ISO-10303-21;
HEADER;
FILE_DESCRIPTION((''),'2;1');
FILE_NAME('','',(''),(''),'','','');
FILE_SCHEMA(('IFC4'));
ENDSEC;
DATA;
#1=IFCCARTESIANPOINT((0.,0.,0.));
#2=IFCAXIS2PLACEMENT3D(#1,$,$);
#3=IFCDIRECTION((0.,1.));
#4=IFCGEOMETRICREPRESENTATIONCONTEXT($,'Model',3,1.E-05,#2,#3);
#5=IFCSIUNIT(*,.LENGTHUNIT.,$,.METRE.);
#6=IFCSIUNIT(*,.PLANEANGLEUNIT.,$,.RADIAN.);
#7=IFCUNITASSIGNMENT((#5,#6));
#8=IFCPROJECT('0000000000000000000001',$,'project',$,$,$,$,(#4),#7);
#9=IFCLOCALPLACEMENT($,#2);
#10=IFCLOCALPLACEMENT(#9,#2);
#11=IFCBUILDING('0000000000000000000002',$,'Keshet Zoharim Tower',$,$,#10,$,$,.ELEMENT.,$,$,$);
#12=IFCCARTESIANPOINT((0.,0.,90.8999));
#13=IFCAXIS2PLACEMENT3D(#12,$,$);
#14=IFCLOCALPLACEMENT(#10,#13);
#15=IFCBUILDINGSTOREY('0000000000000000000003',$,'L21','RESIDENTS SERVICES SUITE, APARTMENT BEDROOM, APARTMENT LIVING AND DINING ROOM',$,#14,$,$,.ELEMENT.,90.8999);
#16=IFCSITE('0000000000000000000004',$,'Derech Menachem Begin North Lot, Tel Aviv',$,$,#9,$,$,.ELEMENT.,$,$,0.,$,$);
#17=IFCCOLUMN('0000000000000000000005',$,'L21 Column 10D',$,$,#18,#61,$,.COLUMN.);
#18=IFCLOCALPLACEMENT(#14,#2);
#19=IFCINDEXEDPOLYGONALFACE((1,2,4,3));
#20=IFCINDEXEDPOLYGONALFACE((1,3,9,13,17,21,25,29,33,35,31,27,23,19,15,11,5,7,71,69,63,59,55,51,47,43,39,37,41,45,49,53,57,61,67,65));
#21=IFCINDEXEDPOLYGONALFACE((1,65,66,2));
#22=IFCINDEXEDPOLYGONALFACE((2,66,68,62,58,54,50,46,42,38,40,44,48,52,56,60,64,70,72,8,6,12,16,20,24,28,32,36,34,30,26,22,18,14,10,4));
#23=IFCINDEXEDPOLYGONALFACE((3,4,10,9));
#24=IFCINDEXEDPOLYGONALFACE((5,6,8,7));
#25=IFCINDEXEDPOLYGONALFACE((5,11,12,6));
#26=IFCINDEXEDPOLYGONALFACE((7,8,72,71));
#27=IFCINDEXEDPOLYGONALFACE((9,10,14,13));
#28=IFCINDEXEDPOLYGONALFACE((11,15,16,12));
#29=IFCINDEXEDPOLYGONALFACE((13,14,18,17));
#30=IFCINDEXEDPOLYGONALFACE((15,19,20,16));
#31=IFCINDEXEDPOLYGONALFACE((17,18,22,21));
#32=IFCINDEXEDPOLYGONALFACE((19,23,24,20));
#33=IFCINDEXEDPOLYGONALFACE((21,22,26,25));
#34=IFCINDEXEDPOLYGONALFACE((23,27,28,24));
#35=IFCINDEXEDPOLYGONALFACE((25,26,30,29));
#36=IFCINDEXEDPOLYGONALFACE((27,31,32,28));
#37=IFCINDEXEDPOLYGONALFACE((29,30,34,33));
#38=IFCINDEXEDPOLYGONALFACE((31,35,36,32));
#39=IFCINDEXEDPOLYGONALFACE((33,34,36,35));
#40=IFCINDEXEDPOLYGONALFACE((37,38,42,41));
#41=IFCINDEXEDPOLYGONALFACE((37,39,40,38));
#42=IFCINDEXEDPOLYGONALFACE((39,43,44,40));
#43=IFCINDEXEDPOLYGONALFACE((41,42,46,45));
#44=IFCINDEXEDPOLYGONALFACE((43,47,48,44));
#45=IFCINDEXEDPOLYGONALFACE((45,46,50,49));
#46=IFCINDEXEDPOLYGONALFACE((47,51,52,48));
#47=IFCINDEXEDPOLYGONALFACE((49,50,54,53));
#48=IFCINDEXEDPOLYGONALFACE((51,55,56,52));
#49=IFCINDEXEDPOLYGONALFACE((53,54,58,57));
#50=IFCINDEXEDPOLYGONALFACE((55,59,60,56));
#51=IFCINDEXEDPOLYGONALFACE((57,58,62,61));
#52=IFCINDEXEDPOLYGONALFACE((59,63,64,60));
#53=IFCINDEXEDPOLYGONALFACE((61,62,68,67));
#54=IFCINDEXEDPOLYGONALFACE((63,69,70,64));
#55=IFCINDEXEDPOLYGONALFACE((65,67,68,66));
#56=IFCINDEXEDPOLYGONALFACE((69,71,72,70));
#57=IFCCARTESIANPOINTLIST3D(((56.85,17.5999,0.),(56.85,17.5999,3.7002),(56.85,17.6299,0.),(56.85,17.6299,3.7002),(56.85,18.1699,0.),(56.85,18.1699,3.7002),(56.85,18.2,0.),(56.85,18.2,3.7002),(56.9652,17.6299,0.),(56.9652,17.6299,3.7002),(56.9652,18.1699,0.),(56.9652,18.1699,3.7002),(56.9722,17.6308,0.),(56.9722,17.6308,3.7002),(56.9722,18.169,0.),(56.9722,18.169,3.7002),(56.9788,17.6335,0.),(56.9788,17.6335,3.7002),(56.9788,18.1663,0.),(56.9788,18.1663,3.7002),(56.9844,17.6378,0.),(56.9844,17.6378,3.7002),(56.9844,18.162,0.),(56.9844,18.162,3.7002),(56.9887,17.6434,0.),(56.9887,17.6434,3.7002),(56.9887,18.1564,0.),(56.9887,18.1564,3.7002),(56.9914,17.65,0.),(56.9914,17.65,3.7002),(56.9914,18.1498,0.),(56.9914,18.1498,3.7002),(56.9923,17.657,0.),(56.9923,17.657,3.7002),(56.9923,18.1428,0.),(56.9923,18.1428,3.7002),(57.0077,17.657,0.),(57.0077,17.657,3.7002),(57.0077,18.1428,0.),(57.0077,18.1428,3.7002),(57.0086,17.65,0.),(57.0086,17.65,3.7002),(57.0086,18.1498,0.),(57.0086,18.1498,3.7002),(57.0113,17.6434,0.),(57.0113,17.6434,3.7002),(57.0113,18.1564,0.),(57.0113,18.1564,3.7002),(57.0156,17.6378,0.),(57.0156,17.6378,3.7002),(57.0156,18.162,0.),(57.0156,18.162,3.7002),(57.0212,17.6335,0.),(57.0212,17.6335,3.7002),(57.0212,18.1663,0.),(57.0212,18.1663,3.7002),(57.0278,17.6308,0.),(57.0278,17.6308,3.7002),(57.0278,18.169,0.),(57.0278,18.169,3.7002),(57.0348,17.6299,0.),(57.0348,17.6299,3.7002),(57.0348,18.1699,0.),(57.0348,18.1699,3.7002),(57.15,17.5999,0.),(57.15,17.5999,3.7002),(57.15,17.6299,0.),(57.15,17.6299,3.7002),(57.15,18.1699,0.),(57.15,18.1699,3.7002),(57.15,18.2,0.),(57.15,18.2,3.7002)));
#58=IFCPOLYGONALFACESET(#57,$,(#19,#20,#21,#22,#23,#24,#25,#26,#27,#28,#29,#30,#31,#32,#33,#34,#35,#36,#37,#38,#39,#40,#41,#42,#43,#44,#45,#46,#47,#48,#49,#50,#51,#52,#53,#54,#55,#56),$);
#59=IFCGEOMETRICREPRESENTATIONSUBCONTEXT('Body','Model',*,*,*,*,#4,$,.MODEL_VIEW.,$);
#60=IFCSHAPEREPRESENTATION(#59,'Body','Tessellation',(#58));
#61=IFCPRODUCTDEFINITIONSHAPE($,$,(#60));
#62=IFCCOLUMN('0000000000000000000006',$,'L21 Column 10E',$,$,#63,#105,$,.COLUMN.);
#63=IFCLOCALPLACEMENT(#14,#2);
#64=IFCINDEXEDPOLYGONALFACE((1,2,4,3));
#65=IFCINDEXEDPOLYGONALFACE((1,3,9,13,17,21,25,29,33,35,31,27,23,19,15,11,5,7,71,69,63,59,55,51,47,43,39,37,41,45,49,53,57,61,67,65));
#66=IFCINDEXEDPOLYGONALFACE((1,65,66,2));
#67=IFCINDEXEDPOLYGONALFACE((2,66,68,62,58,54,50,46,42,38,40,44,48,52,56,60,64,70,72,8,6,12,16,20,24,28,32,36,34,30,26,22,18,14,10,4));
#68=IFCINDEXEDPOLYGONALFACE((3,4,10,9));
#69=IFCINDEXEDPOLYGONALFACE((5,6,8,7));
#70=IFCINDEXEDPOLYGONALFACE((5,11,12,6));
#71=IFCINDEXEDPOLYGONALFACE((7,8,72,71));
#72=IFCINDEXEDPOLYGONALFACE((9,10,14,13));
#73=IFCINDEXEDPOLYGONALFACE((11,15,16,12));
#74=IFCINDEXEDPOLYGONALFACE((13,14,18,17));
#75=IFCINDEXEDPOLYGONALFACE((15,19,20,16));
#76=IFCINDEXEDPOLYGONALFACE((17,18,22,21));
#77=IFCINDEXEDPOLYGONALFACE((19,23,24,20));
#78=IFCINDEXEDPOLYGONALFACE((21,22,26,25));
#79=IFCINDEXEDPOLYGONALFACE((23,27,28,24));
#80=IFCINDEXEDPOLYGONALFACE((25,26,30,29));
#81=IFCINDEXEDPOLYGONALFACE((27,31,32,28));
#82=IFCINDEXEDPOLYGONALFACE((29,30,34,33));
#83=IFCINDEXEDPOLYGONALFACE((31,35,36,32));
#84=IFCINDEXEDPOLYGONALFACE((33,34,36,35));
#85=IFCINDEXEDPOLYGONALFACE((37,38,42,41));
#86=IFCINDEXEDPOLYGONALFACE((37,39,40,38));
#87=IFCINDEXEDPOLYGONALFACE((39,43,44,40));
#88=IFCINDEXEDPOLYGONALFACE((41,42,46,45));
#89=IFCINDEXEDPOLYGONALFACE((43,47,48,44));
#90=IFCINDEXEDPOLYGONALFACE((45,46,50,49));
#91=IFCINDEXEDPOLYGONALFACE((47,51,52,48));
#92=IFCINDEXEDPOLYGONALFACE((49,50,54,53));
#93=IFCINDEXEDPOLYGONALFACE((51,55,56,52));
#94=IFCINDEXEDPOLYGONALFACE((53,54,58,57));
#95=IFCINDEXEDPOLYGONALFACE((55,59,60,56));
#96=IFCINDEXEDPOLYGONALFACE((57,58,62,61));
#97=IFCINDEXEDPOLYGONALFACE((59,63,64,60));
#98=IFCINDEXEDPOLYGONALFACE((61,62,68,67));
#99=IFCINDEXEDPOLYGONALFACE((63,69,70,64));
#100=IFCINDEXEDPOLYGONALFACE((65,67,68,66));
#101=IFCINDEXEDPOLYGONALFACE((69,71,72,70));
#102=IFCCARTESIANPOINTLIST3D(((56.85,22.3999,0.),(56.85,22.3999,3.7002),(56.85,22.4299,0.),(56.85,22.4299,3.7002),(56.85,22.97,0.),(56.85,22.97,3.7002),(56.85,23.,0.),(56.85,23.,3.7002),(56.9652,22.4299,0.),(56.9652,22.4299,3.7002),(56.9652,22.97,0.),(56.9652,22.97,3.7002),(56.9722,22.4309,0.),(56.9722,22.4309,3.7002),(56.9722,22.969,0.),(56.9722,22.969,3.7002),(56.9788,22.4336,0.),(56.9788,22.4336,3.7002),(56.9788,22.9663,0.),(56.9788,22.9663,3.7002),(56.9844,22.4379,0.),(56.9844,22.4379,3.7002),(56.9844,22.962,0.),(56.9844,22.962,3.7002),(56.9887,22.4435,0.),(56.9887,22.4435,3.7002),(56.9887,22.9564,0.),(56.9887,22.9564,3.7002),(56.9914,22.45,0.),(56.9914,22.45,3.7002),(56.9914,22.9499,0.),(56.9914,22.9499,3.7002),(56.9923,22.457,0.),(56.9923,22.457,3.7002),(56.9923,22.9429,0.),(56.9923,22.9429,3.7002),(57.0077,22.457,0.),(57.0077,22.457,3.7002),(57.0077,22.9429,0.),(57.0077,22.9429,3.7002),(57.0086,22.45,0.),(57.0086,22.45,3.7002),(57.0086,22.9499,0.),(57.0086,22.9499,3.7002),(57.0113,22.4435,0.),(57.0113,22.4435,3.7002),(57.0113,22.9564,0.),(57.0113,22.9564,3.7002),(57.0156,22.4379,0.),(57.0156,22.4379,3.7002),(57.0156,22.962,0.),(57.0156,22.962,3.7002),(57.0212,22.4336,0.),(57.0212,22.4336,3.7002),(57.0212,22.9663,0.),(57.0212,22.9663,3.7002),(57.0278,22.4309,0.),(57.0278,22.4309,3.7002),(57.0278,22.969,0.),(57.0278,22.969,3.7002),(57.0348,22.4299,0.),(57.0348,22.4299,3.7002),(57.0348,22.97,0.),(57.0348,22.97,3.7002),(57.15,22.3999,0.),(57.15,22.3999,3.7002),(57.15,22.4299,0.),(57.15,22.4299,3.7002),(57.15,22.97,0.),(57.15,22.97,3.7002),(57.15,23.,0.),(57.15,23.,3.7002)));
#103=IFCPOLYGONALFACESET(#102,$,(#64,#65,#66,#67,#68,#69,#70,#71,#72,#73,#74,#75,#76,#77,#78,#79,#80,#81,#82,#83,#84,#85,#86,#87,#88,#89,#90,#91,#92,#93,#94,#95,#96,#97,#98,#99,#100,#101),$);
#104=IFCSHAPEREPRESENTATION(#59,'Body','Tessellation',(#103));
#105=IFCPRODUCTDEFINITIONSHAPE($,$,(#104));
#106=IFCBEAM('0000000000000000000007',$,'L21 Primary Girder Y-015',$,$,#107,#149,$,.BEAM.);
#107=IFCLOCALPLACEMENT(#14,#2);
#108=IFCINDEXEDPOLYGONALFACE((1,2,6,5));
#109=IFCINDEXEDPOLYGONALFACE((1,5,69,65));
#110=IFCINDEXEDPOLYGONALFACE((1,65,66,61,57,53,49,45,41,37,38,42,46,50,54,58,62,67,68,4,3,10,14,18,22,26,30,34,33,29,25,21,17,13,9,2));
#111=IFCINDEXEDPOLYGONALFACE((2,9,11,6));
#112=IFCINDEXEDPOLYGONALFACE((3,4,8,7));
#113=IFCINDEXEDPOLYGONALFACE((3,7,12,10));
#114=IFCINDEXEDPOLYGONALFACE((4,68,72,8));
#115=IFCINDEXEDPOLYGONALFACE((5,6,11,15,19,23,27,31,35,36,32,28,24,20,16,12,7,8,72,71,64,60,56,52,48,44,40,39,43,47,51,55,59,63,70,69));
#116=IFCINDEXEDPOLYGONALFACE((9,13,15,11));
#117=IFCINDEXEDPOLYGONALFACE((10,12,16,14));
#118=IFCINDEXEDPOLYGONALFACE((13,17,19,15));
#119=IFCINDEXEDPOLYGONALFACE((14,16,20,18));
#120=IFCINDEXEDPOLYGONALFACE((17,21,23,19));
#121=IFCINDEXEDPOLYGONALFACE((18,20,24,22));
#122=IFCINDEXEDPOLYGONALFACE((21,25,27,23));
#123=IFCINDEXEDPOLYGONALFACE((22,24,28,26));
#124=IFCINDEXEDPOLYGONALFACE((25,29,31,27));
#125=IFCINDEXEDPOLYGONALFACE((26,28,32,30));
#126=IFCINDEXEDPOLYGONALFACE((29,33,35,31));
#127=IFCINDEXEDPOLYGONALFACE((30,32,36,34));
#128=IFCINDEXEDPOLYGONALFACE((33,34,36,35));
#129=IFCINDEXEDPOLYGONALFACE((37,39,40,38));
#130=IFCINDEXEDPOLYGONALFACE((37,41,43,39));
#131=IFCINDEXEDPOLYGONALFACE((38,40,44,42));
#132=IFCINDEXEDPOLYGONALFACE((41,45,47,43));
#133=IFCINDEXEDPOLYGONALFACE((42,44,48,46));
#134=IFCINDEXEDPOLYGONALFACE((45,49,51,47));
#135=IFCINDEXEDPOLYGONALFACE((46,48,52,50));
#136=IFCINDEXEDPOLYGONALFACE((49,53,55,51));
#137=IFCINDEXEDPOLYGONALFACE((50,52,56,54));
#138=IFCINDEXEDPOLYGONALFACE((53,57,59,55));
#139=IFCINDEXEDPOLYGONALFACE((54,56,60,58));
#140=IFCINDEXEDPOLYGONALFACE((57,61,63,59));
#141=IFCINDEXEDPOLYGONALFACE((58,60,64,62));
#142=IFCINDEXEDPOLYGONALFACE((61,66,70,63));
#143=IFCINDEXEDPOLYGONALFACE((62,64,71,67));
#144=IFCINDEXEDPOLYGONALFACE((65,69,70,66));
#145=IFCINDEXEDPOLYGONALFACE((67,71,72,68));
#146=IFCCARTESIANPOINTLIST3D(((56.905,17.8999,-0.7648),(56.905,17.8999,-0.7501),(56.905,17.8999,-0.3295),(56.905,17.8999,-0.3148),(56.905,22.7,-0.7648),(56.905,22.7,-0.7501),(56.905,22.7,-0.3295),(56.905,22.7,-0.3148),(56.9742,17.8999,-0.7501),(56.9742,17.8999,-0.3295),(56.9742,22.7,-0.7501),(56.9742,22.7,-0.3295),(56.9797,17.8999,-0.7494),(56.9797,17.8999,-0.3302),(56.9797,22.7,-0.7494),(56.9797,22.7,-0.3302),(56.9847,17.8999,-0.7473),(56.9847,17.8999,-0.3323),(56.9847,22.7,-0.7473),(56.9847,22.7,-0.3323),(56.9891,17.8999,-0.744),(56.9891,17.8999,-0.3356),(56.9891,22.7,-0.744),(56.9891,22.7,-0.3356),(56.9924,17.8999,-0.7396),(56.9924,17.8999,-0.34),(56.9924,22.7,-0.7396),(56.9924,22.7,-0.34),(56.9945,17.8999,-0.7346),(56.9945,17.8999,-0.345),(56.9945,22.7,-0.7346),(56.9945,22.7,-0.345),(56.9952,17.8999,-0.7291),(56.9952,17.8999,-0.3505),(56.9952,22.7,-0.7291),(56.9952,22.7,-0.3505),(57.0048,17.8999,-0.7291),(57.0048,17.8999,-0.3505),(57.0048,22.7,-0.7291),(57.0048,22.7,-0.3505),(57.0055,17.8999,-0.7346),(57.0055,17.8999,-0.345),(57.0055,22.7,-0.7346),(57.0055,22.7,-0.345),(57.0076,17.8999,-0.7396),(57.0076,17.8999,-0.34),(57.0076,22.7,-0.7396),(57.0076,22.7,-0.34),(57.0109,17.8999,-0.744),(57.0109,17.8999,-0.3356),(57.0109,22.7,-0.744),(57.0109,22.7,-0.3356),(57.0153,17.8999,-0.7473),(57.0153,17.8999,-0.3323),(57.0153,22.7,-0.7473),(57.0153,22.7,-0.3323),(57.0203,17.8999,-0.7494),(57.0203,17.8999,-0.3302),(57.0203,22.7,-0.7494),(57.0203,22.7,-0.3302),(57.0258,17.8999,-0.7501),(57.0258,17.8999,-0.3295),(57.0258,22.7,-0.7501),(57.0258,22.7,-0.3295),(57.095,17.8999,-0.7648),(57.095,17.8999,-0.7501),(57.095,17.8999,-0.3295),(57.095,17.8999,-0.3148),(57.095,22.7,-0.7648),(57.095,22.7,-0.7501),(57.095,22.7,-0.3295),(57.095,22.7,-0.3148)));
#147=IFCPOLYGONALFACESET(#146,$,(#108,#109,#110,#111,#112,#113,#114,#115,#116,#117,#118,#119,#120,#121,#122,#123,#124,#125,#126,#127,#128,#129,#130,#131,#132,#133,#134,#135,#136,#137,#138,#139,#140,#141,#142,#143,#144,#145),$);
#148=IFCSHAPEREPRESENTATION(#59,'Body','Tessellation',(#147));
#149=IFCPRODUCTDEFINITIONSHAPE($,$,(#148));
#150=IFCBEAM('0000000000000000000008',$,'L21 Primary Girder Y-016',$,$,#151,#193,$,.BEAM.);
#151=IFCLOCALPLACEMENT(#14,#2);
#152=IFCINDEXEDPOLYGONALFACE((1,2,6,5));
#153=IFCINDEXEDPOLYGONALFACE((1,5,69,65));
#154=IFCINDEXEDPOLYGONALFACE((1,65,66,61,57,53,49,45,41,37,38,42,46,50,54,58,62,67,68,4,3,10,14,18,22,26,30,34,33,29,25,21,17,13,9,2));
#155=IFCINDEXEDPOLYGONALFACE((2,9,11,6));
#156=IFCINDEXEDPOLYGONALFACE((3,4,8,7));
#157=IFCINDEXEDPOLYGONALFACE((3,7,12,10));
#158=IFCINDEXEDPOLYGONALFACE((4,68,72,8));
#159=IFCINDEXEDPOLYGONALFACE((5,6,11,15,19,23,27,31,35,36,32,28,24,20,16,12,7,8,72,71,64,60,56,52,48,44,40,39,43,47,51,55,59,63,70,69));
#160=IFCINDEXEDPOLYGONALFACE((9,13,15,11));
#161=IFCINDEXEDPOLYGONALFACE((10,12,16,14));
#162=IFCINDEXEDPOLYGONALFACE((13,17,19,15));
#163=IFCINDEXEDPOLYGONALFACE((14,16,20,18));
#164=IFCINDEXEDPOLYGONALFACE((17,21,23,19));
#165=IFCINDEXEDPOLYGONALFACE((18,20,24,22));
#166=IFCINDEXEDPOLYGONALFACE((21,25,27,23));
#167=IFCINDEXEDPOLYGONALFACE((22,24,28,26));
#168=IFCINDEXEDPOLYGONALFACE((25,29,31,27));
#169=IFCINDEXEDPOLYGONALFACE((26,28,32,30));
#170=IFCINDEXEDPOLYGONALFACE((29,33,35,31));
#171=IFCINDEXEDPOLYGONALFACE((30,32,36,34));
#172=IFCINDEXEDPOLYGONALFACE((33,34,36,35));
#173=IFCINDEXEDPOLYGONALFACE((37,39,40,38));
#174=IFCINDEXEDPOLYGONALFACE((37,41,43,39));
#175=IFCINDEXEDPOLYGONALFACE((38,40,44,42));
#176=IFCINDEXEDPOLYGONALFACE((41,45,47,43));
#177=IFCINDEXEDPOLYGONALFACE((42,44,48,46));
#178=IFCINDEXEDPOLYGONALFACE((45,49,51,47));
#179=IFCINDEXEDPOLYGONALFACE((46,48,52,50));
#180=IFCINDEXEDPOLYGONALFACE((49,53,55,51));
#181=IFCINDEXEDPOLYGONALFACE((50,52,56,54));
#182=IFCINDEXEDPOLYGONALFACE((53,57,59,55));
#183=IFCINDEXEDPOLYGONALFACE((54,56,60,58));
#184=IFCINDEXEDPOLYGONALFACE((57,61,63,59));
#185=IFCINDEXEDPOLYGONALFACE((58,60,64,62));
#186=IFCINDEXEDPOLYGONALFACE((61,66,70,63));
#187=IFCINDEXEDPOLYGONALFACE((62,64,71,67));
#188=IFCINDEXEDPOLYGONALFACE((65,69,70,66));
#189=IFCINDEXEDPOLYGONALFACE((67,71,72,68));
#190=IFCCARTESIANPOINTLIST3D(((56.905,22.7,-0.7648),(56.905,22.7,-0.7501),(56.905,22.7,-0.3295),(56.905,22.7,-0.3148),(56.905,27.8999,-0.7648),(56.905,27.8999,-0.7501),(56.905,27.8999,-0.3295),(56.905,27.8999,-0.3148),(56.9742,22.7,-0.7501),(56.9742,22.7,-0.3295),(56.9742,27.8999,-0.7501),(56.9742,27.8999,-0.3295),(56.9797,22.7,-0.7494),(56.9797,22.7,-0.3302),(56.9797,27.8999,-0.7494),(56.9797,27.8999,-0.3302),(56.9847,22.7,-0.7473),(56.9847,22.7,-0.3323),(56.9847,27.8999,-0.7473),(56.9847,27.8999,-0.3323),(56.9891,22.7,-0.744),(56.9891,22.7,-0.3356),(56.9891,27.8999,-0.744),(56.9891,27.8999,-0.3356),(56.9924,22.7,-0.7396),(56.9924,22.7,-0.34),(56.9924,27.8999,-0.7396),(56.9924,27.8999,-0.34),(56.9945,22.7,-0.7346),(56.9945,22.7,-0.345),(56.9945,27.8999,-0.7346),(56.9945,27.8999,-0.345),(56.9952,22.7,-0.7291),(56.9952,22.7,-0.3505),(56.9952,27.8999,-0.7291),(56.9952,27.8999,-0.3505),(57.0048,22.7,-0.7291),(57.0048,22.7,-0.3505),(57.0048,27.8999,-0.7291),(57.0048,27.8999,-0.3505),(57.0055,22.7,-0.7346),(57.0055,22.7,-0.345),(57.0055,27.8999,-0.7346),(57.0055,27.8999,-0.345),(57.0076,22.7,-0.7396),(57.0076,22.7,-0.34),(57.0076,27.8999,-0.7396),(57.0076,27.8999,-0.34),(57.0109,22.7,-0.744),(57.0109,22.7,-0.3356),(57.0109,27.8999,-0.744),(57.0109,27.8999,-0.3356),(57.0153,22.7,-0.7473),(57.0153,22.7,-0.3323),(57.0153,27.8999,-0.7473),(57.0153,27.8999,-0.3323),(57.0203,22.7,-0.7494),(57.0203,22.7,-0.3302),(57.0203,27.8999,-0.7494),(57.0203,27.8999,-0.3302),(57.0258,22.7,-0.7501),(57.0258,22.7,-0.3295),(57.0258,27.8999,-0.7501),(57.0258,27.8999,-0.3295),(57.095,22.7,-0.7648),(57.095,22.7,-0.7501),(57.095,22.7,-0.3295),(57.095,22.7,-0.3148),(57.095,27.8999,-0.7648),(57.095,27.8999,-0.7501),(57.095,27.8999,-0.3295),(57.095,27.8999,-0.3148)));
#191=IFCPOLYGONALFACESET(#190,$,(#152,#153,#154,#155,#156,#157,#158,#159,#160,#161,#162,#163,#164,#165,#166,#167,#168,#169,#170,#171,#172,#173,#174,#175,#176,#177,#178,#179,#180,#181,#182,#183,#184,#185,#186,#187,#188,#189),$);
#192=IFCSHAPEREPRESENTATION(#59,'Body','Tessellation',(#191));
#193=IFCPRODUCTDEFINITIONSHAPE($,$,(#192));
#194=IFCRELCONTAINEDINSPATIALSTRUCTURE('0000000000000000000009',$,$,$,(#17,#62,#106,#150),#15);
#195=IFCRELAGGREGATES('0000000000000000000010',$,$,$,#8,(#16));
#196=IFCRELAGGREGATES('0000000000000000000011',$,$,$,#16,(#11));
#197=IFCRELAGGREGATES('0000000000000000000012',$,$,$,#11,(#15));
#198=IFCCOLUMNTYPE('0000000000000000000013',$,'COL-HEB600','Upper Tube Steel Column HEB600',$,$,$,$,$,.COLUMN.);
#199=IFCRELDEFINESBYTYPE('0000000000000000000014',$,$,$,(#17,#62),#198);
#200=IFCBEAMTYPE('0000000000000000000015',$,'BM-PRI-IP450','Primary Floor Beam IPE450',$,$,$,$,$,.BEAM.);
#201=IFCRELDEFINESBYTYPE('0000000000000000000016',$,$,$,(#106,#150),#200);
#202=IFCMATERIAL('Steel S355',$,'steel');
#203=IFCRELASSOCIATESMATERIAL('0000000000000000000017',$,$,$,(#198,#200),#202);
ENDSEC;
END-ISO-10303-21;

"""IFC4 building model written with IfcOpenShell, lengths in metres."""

from ifc_helpers import new_model, si_unit, direction, frame, origin, origin_2d, place, context, subcontext, project, spatial, i_section, extrude, material, material_profile, profile_set, type_object, element, save


model = new_model("IFC4")

# Units and contexts
model_context = context("Model", 3, precision=1e-05, world=origin(), true_north=direction((0.0, 1.0)))
body_context = subcontext(model_context, "Body", "Model", "MODEL_VIEW")
ifc_project = project(units=[si_unit("LENGTHUNIT", "METRE"), si_unit("PLANEANGLEUNIT", "RADIAN")], contexts=[model_context])

# Site, building, storey
site_placement = place(None, origin())
site = spatial("IfcSite", under=ifc_project, at=site_placement, Name="Derech Menachem Begin North Lot, Tel Aviv", CompositionType="ELEMENT", RefElevation=0.0)
building_placement = place(site_placement, origin())
building = spatial("IfcBuilding", under=site, at=building_placement, Name="Keshet Zoharim Tower", CompositionType="ELEMENT")
storey_placement = place(building_placement, frame((0.0, 0.0, 90.8999)))
storey = spatial("IfcBuildingStorey", under=building, at=storey_placement, Name="L21", Description="RESIDENTS SERVICES SUITE, APARTMENT BEDROOM, APARTMENT LIVING AND DINING ROOM", CompositionType="ELEMENT", Elevation=90.8999)

# Columns
ifc_material_1 = material(Name="Steel S355", Category="steel")
ifc_material_profile_1 = material_profile(ifc_material_1, i_section(OverallWidth=0.3, OverallDepth=0.6001, WebThickness=0.0154, FlangeThickness=0.03, FilletRadius=0.0271, at=origin_2d()), Name="HEB600")
ifc_profile_set_1 = profile_set([ifc_material_profile_1], Name="Steel S355")
column_type = type_object("IfcColumnType", Name="COL-HEB600", Description="Upper Tube Steel Column HEB600", PredefinedType="COLUMN", material=ifc_profile_set_1)
for number, where, z_axis, x_axis, name in (
    (1, (57.0, 17.8999, 0.0), (0.0, 0.0, 1.0), (1.0, 0.0, 0.0), "L21 Column 10D"),
    (2, (57.0, 22.7, 0.0), (0.0, 0.0, 1.0), (1.0, 0.0, 0.0), "L21 Column 10E"),
):
    element("IfcColumn", number, at=place(storey_placement, frame(where, z_axis=z_axis, x_axis=x_axis)), inside=storey, type_object=column_type, Name=name, PredefinedType="COLUMN", context=body_context, shape_type="SweptSolid", body=[
        extrude(i_section(OverallWidth=0.3, OverallDepth=0.6001, WebThickness=0.0154, FlangeThickness=0.03, FilletRadius=0.0271, at=origin_2d()), origin(), (0.0, 0.0, 1.0), 3.7002),
    ])

# Beams
ifc_material_profile_2 = material_profile(ifc_material_1, i_section(OverallWidth=0.1899, OverallDepth=0.45, WebThickness=0.0095, FlangeThickness=0.0146, FilletRadius=0.021, at=origin_2d()), Name="IPE450")
ifc_profile_set_2 = profile_set([ifc_material_profile_2], Name="Steel S355")
beam_type = type_object("IfcBeamType", Name="BM-PRI-IP450", Description="Primary Floor Beam IPE450", PredefinedType="BEAM", material=ifc_profile_set_2)
beam_1_placement = place(storey_placement, frame((57.0, 17.8999, -0.5398), z_axis=(0.0, 1.0, 0.0), x_axis=(-1.0, 0.0, 0.0)))
element("IfcBeam", 3, at=beam_1_placement, inside=storey, type_object=beam_type, Name="L21 Primary Girder Y-015", PredefinedType="BEAM", context=body_context, shape_type="SweptSolid", body=[
    extrude(i_section(OverallWidth=0.1899, OverallDepth=0.45, WebThickness=0.0095, FlangeThickness=0.0146, FilletRadius=0.021, at=origin_2d()), origin(), (0.0, 0.0, 1.0), 4.8),
])
beam_2_placement = place(storey_placement, frame((57.0, 22.7, -0.5398), z_axis=(0.0, 1.0, 0.0), x_axis=(-1.0, 0.0, 0.0)))
element("IfcBeam", 4, at=beam_2_placement, inside=storey, type_object=beam_type, Name="L21 Primary Girder Y-016", PredefinedType="BEAM", context=body_context, shape_type="SweptSolid", body=[
    extrude(i_section(OverallWidth=0.1899, OverallDepth=0.45, WebThickness=0.0095, FlangeThickness=0.0146, FilletRadius=0.021, at=origin_2d()), origin(), (0.0, 0.0, 1.0), 5.2),
])

save(model, "model.ifc")
